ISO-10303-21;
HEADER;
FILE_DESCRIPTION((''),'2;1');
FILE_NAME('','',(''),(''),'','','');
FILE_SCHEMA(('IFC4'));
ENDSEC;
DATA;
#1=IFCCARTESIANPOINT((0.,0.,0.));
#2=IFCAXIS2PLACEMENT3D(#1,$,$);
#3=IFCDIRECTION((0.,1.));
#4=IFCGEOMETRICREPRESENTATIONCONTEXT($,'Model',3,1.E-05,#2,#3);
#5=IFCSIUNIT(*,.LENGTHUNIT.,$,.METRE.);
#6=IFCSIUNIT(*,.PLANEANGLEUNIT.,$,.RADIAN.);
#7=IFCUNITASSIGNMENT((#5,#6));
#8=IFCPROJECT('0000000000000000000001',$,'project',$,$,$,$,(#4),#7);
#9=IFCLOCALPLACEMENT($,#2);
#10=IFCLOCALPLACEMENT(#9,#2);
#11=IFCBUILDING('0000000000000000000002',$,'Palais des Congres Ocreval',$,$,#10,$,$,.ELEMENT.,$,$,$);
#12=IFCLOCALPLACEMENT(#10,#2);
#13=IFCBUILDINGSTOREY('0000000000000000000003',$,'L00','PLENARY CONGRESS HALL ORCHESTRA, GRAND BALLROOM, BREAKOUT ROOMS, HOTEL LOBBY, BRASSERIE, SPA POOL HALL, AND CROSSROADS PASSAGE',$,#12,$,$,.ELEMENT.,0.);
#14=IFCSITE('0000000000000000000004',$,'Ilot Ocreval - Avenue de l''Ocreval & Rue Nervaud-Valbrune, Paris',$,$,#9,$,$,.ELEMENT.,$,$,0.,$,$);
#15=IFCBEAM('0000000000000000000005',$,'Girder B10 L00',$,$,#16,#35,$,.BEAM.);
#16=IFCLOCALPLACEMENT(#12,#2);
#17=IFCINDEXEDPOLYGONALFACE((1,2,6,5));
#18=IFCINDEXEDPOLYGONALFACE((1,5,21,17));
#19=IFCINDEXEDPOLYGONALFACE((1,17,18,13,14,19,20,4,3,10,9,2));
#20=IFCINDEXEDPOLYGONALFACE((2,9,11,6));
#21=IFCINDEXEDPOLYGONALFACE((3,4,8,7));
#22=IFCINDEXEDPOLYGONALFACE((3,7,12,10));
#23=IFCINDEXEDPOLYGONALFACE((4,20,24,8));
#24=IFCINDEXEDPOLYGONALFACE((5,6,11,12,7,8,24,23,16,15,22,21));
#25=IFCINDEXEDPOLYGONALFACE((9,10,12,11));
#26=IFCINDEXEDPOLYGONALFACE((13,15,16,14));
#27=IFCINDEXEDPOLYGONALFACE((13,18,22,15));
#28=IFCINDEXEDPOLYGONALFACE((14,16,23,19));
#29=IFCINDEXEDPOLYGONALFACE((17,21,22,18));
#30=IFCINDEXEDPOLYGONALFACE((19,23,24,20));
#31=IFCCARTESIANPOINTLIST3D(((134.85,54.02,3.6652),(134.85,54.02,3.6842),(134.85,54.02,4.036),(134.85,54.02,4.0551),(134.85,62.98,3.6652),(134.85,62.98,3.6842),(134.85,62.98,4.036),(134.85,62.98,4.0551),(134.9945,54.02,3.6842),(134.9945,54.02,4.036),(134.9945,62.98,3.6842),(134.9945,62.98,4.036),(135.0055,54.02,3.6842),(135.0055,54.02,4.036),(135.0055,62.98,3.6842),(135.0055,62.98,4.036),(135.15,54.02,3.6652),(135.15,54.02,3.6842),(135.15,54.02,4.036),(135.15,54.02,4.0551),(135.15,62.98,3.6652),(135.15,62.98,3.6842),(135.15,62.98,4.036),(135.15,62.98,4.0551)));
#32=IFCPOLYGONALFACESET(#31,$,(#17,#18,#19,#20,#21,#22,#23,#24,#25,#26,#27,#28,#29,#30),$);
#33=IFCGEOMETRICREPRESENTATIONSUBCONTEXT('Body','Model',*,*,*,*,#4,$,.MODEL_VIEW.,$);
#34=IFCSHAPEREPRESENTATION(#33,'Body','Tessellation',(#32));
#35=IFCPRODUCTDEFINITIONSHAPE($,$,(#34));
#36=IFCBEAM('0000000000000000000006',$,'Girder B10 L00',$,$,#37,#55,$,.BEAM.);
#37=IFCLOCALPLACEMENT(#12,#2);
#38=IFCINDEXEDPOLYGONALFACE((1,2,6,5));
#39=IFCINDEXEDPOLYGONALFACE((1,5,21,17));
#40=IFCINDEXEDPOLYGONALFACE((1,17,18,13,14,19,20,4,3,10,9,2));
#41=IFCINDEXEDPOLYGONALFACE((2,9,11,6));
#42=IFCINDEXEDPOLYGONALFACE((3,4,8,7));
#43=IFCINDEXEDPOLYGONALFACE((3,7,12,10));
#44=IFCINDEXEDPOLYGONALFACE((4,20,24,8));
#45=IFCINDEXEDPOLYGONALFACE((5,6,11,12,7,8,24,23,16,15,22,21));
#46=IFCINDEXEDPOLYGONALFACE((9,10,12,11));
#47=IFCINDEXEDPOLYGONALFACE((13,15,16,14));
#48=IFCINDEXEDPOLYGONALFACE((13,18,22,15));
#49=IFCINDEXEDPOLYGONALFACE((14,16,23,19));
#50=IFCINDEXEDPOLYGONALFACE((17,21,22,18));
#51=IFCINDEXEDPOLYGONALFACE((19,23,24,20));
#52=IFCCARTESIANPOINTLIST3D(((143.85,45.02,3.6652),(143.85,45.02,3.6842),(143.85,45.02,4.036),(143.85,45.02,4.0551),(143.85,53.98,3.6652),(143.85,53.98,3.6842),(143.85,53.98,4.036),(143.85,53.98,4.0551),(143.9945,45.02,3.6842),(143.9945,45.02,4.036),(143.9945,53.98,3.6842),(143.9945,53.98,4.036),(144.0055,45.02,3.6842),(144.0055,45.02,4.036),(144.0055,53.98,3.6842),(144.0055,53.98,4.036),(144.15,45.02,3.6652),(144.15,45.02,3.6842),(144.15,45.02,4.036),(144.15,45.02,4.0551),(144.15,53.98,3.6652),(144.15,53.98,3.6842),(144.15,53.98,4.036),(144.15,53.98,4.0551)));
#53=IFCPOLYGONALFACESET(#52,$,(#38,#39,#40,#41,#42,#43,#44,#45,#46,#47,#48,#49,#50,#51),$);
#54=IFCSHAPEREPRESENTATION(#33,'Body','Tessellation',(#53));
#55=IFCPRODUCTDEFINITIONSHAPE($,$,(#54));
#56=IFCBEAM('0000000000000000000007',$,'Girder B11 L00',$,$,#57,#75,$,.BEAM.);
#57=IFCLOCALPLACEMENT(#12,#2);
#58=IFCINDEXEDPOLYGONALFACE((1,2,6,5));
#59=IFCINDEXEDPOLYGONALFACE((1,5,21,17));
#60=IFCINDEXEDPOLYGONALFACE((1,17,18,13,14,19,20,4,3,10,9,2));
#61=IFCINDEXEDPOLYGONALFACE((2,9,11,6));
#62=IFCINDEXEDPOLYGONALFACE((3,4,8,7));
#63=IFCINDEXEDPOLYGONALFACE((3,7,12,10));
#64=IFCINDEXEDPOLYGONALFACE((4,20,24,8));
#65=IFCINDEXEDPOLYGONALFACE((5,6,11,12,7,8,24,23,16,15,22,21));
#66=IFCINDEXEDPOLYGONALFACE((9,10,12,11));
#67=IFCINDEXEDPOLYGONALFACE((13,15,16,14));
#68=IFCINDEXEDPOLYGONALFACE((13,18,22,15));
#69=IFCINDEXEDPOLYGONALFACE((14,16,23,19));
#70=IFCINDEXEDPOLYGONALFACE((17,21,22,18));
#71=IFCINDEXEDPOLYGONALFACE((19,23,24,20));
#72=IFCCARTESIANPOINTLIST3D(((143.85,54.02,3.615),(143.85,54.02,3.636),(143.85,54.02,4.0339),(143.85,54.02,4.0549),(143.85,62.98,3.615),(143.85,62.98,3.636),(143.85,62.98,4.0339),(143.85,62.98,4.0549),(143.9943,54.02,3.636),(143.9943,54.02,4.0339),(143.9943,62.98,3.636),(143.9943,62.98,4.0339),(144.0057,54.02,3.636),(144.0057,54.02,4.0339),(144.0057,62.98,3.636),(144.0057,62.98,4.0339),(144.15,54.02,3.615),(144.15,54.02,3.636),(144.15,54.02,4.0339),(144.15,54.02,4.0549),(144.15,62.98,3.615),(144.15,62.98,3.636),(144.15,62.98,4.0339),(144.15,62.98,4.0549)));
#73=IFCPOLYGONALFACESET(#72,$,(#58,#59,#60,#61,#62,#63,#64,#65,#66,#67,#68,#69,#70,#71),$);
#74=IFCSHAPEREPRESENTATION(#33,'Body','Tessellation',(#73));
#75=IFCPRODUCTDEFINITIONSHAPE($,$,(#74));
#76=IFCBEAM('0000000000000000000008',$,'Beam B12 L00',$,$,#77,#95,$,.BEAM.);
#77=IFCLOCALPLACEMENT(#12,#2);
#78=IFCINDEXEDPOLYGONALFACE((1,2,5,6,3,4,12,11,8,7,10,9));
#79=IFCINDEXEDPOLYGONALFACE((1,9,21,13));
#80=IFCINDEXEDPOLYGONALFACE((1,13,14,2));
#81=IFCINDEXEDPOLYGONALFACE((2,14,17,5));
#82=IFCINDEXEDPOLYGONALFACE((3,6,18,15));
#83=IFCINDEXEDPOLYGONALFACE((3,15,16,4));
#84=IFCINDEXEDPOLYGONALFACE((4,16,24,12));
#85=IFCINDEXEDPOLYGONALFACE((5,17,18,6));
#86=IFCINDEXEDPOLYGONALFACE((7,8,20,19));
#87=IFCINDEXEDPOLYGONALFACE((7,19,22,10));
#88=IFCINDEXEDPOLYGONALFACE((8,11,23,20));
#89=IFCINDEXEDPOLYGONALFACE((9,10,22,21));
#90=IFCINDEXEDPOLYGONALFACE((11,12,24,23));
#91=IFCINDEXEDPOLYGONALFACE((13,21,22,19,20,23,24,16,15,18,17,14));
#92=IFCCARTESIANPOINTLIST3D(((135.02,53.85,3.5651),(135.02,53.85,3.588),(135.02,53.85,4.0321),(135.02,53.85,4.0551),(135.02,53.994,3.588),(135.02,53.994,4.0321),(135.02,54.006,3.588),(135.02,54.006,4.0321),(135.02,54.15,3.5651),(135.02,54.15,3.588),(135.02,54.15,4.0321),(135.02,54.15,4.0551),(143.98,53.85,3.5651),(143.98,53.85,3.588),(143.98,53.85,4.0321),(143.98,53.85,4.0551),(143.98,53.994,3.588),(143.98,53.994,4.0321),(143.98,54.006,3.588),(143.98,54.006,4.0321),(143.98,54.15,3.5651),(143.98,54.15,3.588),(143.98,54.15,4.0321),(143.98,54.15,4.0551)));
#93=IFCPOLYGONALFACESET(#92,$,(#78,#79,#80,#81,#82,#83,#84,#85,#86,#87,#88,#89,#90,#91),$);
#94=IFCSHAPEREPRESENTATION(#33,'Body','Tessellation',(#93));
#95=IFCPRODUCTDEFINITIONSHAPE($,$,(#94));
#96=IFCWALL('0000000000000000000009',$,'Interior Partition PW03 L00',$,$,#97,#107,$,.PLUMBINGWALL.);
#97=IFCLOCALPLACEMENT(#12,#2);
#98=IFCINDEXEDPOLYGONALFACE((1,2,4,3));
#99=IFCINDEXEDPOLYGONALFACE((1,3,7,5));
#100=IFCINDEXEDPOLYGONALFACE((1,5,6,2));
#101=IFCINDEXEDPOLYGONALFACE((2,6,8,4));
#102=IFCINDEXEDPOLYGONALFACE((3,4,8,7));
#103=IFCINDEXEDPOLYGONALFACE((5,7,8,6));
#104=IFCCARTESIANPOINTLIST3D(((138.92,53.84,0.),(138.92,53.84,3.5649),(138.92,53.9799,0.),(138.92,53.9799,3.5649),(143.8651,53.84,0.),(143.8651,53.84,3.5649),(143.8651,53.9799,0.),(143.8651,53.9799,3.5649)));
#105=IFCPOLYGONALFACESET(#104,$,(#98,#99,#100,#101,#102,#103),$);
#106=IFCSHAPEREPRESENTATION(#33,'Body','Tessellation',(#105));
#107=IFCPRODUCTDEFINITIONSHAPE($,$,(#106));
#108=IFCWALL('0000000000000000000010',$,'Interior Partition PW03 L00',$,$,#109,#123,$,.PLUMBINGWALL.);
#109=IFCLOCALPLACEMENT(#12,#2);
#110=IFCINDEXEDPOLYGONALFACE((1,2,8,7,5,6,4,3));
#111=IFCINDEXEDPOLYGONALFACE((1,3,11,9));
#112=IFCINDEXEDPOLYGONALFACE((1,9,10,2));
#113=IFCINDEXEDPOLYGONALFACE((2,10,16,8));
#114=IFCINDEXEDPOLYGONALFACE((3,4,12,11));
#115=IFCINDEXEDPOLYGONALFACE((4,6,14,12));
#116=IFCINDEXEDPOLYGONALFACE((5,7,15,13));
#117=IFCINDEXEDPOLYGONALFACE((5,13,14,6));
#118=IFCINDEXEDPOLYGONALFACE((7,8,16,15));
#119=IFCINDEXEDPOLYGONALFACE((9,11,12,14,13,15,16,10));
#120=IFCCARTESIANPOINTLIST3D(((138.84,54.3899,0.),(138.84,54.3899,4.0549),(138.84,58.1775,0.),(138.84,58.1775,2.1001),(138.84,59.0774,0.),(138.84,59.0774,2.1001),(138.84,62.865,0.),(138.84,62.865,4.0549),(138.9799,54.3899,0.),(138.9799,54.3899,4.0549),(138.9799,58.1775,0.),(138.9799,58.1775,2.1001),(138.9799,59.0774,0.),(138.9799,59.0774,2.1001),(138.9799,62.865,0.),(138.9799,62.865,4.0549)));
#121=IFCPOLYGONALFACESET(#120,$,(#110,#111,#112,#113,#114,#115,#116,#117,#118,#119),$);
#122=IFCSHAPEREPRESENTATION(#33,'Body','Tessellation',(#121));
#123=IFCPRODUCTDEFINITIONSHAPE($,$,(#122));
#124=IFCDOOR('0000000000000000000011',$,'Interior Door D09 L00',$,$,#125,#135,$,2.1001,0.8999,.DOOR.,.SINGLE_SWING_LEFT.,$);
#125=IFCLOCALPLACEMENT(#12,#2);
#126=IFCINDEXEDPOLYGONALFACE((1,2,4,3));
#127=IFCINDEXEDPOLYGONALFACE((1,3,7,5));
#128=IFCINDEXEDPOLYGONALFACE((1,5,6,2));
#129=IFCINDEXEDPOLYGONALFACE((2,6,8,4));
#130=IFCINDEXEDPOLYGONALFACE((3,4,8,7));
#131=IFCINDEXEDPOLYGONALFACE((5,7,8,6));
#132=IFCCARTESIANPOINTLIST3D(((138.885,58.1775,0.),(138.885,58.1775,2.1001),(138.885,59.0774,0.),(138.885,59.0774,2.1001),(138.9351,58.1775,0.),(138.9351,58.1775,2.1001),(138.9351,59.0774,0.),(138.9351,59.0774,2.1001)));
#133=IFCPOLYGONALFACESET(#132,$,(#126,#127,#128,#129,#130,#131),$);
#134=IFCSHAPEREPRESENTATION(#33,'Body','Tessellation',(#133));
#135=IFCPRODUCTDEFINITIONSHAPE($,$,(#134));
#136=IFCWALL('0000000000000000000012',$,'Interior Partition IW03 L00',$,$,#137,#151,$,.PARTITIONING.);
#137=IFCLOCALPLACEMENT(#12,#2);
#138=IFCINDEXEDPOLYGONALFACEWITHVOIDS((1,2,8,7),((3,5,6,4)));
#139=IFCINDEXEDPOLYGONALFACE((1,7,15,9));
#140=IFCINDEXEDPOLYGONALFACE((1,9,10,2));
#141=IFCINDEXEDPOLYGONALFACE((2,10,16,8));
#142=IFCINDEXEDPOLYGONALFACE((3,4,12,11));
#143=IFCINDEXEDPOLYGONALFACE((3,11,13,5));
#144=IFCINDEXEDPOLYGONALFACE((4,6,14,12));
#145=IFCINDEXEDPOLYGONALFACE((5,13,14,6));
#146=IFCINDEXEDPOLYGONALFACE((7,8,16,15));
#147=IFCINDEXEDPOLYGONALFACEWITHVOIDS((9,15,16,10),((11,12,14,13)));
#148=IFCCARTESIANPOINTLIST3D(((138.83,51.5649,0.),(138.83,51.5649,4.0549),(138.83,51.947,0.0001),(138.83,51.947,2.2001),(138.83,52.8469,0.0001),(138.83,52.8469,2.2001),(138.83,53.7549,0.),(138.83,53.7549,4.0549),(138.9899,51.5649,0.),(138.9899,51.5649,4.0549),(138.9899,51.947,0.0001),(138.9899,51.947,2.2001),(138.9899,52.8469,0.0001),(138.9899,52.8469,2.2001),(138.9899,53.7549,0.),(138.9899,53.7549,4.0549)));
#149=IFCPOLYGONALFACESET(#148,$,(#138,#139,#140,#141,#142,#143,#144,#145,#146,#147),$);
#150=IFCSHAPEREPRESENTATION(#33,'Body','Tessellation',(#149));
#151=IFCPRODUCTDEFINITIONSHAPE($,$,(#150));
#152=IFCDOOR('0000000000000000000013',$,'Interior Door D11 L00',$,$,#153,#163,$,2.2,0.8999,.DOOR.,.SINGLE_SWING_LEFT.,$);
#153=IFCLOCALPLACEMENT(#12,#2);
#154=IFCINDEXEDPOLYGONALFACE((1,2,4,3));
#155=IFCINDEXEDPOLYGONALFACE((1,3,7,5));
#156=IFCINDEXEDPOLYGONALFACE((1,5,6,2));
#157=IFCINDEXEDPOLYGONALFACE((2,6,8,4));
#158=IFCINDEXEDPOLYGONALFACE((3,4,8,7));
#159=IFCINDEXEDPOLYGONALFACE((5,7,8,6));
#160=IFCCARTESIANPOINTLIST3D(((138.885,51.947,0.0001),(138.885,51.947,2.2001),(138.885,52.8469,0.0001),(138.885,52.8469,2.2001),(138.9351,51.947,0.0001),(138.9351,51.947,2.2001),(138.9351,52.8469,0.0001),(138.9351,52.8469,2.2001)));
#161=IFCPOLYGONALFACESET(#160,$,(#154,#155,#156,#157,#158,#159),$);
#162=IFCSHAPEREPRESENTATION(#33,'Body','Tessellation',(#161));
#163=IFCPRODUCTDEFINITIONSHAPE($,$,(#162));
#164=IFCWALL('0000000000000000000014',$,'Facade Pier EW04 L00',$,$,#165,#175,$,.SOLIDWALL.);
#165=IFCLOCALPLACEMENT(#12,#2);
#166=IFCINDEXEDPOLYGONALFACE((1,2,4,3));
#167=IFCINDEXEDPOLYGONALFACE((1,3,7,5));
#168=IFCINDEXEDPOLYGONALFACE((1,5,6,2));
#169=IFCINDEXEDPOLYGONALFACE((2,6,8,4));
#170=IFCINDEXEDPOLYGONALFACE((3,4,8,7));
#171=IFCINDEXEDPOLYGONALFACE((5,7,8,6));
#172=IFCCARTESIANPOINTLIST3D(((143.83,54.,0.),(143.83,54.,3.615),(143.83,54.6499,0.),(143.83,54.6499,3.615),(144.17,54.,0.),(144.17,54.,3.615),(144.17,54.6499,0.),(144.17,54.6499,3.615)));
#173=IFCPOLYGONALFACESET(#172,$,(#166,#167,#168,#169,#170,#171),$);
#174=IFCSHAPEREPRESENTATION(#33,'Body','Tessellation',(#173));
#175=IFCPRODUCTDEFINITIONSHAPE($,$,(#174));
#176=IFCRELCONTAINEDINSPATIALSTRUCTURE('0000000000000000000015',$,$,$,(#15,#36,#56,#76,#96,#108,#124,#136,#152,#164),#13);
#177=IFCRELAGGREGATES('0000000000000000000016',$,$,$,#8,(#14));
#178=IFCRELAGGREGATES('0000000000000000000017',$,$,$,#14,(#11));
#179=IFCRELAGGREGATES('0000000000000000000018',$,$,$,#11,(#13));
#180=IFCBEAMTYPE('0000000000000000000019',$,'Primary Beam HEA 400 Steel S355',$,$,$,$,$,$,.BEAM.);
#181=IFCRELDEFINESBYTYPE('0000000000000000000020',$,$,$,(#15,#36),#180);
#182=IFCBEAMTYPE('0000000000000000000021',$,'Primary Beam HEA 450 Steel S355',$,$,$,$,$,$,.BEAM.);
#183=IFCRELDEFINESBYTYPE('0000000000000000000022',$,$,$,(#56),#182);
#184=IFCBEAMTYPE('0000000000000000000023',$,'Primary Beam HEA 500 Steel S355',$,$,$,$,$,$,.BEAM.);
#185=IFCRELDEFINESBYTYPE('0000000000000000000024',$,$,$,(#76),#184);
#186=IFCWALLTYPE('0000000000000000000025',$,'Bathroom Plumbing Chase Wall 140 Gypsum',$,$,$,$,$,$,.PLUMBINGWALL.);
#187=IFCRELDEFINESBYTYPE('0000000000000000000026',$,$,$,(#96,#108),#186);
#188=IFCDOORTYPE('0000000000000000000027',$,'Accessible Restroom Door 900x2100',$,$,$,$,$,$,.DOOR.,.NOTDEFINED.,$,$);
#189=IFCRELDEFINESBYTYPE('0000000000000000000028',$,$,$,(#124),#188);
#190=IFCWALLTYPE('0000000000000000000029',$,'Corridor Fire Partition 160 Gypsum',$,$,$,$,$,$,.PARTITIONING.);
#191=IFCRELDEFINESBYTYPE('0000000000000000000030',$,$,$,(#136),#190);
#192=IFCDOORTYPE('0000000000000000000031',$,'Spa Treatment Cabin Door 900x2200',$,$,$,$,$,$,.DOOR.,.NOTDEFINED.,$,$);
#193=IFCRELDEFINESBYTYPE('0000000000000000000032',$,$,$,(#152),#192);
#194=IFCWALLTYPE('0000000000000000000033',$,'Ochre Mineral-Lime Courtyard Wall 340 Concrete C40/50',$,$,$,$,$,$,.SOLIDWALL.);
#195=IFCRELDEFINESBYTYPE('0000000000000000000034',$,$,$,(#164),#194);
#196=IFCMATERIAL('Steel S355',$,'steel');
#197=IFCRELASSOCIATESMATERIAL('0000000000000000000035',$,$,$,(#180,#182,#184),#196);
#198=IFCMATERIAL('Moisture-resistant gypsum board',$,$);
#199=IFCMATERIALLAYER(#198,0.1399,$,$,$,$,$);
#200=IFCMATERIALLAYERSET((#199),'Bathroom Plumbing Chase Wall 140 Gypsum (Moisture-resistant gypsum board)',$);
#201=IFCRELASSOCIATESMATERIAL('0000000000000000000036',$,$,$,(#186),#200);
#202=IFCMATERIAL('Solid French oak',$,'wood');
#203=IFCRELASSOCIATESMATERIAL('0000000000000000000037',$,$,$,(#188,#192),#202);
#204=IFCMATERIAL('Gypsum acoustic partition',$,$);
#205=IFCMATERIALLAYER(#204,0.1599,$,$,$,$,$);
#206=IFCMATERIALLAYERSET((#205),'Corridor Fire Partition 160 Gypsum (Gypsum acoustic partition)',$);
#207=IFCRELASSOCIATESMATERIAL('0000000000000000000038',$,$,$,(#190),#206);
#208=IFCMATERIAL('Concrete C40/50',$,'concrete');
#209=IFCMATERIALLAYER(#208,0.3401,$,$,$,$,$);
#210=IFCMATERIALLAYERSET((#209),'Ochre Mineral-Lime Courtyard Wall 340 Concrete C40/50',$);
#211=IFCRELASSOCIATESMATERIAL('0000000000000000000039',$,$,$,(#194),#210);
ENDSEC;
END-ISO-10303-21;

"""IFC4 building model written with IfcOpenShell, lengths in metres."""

from ifc_helpers import new_model, si_unit, direction, frame, frame_2d, origin, origin_2d, place, context, subcontext, project, spatial, rectangle, i_section, extrude, material, layer, layer_set, material_profile, profile_set, type_object, element, fill, save


model = new_model("IFC4")

# Units and contexts
model_context = context("Model", 3, precision=1e-05, world=origin(), true_north=direction((0.0, 1.0)))
body_context = subcontext(model_context, "Body", "Model", "MODEL_VIEW")
ifc_project = project(units=[si_unit("LENGTHUNIT", "METRE"), si_unit("PLANEANGLEUNIT", "RADIAN")], contexts=[model_context])

# Site, building, storey
site_placement = place(None, origin())
site = spatial("IfcSite", under=ifc_project, at=site_placement, Name="Ilot Ocreval - Avenue de l'Ocreval & Rue Nervaud-Valbrune, Paris", CompositionType="ELEMENT", RefElevation=0.0)
building_placement = place(site_placement, origin())
building = spatial("IfcBuilding", under=site, at=building_placement, Name="Palais des Congres Ocreval", CompositionType="ELEMENT")
storey_placement = place(building_placement, origin())
storey = spatial("IfcBuildingStorey", under=building, at=storey_placement, Name="L00", Description="PLENARY CONGRESS HALL ORCHESTRA, GRAND BALLROOM, BREAKOUT ROOMS, HOTEL LOBBY, BRASSERIE, SPA POOL HALL, AND CROSSROADS PASSAGE", CompositionType="ELEMENT", Elevation=0.0)

# Shared definitions
ifc_material_1 = material(Name="Steel S355", Category="steel")

# Beams
ifc_material_profile_1 = material_profile(ifc_material_1, i_section(OverallWidth=0.3, OverallDepth=0.3899, WebThickness=0.011, FlangeThickness=0.019, at=origin_2d()), Name="HEA 400")
ifc_profile_set_1 = profile_set([ifc_material_profile_1], Name="Steel S355")
beam_type_1 = type_object("IfcBeamType", Name="Primary Beam HEA 400 Steel S355", PredefinedType="BEAM", material=ifc_profile_set_1)
for number, where, z_axis, x_axis, name in (
    (1, (135.0, 54.02, 3.8601), (0.0, 1.0, 0.0), (-1.0, 0.0, 0.0), "Girder B10 L00"),
    (2, (144.0, 45.02, 3.8601), (0.0, 1.0, 0.0), (-1.0, 0.0, 0.0), "Girder B10 L00"),
):
    element("IfcBeam", number, at=place(storey_placement, frame(where, z_axis=z_axis, x_axis=x_axis)), inside=storey, type_object=beam_type_1, Name=name, PredefinedType="BEAM", context=body_context, shape_type="SweptSolid", body=[
        extrude(i_section(OverallWidth=0.3, OverallDepth=0.3899, WebThickness=0.011, FlangeThickness=0.019, at=origin_2d()), origin(), (0.0, 0.0, 1.0), 8.96),
    ])
ifc_material_profile_2 = material_profile(ifc_material_1, i_section(OverallWidth=0.3, OverallDepth=0.4399, WebThickness=0.0115, FlangeThickness=0.021, at=origin_2d()), Name="HEA 450")
ifc_profile_set_2 = profile_set([ifc_material_profile_2], Name="Steel S355")
beam_type_2 = type_object("IfcBeamType", Name="Primary Beam HEA 450 Steel S355", PredefinedType="BEAM", material=ifc_profile_set_2)
beam_1_placement = place(storey_placement, frame((144.0, 54.02, 3.835), z_axis=(0.0, 1.0, 0.0), x_axis=(-1.0, 0.0, 0.0)))
element("IfcBeam", 3, at=beam_1_placement, inside=storey, type_object=beam_type_2, Name="Girder B11 L00", PredefinedType="BEAM", context=body_context, shape_type="SweptSolid", body=[
    extrude(i_section(OverallWidth=0.3, OverallDepth=0.4399, WebThickness=0.0115, FlangeThickness=0.021, at=origin_2d()), origin(), (0.0, 0.0, 1.0), 8.96),
])
ifc_material_profile_3 = material_profile(ifc_material_1, i_section(OverallWidth=0.3, OverallDepth=0.49, WebThickness=0.012, FlangeThickness=0.0229, at=origin_2d()), Name="HEA 500")
ifc_profile_set_3 = profile_set([ifc_material_profile_3], Name="Steel S355")
beam_type_3 = type_object("IfcBeamType", Name="Primary Beam HEA 500 Steel S355", PredefinedType="BEAM", material=ifc_profile_set_3)
beam_2_placement = place(storey_placement, frame((135.02, 54.0, 3.8101), z_axis=(1.0, 0.0, 0.0), x_axis=(0.0, 1.0, 0.0)))
element("IfcBeam", 4, at=beam_2_placement, inside=storey, type_object=beam_type_3, Name="Beam B12 L00", PredefinedType="BEAM", context=body_context, shape_type="SweptSolid", body=[
    extrude(i_section(OverallWidth=0.3, OverallDepth=0.49, WebThickness=0.012, FlangeThickness=0.0229, at=origin_2d()), origin(), (0.0, 0.0, 1.0), 8.96),
])

# Wall
ifc_material_2 = material(Name="Moisture-resistant gypsum board")
ifc_layer_1 = layer(ifc_material_2, 0.1399)
ifc_layer_set_1 = layer_set([ifc_layer_1], Name="Bathroom Plumbing Chase Wall 140 Gypsum (Moisture-resistant gypsum board)")
wall_type_1 = type_object("IfcWallType", Name="Bathroom Plumbing Chase Wall 140 Gypsum", PredefinedType="PLUMBINGWALL", material=ifc_layer_set_1)
wall_1_placement = place(storey_placement, frame((138.9199, 53.9099, 0.0), z_axis=(0.0, 0.0, 1.0), x_axis=(1.0, 0.0, 0.0)))
element("IfcWall", 5, at=wall_1_placement, inside=storey, type_object=wall_type_1, Name="Interior Partition PW03 L00", PredefinedType="PLUMBINGWALL", context=body_context, shape_type="SweptSolid", body=[
    extrude(rectangle(XDim=4.9451, YDim=0.1399, at=frame_2d((2.4727, 0.0))), origin(), (0.0, 0.0, 1.0), 3.5649),
])

# Walls, openings, doors
wall_2_placement = place(storey_placement, frame((138.9099, 54.3899, 0.0), z_axis=(0.0, 0.0, 1.0), x_axis=(0.0, 1.0, 0.0)))
wall_2 = element("IfcWall", 6, at=wall_2_placement, inside=storey, type_object=wall_type_1, Name="Interior Partition PW03 L00", PredefinedType="PLUMBINGWALL", context=body_context, shape_type="SweptSolid", body=[
    extrude(rectangle(XDim=8.4751, YDim=0.1399, at=frame_2d((4.2375, 0.0))), origin(), (0.0, 0.0, 1.0), 4.0549),
])
opening_1_placement = place(wall_2_placement, frame((3.7876, 0.0, 0.0)))
opening_1 = element("IfcOpeningElement", 7, at=opening_1_placement, cuts=wall_2, PredefinedType="OPENING", context=body_context, shape_type="SweptSolid", body=[
    extrude(rectangle(XDim=0.8999, YDim=2.1001, at=frame_2d((0.45, 1.05))), frame((0.0, 0.0798, 0.0), z_axis=(0.0, -1.0, 0.0), x_axis=(1.0, 0.0, 0.0)), (0.0, 0.0, 1.0), 0.1599),
])
ifc_material_3 = material(Name="Solid French oak", Category="wood")
door_type_1 = type_object("IfcDoorType", Name="Accessible Restroom Door 900x2100", OperationType="NOTDEFINED", PredefinedType="DOOR", material=ifc_material_3)
door_1_placement = place(opening_1_placement, origin())
door_1 = element("IfcDoor", 8, at=door_1_placement, inside=storey, type_object=door_type_1, Name="Interior Door D09 L00", OperationType="SINGLE_SWING_LEFT", OverallHeight=2.1001, OverallWidth=0.8999, PredefinedType="DOOR", context=body_context, shape_type="SweptSolid", body=[
    extrude(rectangle(XDim=0.8999, YDim=2.1001, at=frame_2d((0.45, 1.05))), frame((0.0, 0.0249, 0.0), z_axis=(0.0, -1.0, 0.0), x_axis=(1.0, 0.0, 0.0)), (0.0, 0.0, 1.0), 0.05),
])
fill(opening_1, door_1)
ifc_material_4 = material(Name="Gypsum acoustic partition")
ifc_layer_2 = layer(ifc_material_4, 0.1599)
ifc_layer_set_2 = layer_set([ifc_layer_2], Name="Corridor Fire Partition 160 Gypsum (Gypsum acoustic partition)")
wall_type_2 = type_object("IfcWallType", Name="Corridor Fire Partition 160 Gypsum", PredefinedType="PARTITIONING", material=ifc_layer_set_2)
wall_3_placement = place(storey_placement, frame((138.9099, 51.5649, 0.0), z_axis=(0.0, 0.0, 1.0), x_axis=(0.0, 1.0, 0.0)))
wall_3 = element("IfcWall", 9, at=wall_3_placement, inside=storey, type_object=wall_type_2, Name="Interior Partition IW03 L00", PredefinedType="PARTITIONING", context=body_context, shape_type="SweptSolid", body=[
    extrude(rectangle(XDim=2.1899, YDim=0.1599, at=frame_2d((1.095, 0.0))), origin(), (0.0, 0.0, 1.0), 4.0549),
])
opening_2_placement = place(wall_3_placement, frame((0.3821, 0.0, 0.0)))
opening_2 = element("IfcOpeningElement", 10, at=opening_2_placement, cuts=wall_3, PredefinedType="OPENING", context=body_context, shape_type="SweptSolid", body=[
    extrude(rectangle(XDim=0.8999, YDim=2.2, at=frame_2d((0.45, 1.1001))), frame((0.0, 0.0898, 0.0), z_axis=(0.0, -1.0, 0.0), x_axis=(1.0, 0.0, 0.0)), (0.0, 0.0, 1.0), 0.1799),
])
door_type_2 = type_object("IfcDoorType", Name="Spa Treatment Cabin Door 900x2200", OperationType="NOTDEFINED", PredefinedType="DOOR", material=ifc_material_3)
door_2_placement = place(opening_2_placement, origin())
door_2 = element("IfcDoor", 11, at=door_2_placement, inside=storey, type_object=door_type_2, Name="Interior Door D11 L00", OperationType="SINGLE_SWING_LEFT", OverallHeight=2.2, OverallWidth=0.8999, PredefinedType="DOOR", context=body_context, shape_type="SweptSolid", body=[
    extrude(rectangle(XDim=0.8999, YDim=2.2, at=frame_2d((0.45, 1.1001))), frame((0.0, 0.0249, 0.0), z_axis=(0.0, -1.0, 0.0), x_axis=(1.0, 0.0, 0.0)), (0.0, 0.0, 1.0), 0.05),
])
fill(opening_2, door_2)

# Wall
ifc_material_5 = material(Name="Concrete C40/50", Category="concrete")
ifc_layer_3 = layer(ifc_material_5, 0.3401)
ifc_layer_set_3 = layer_set([ifc_layer_3], Name="Ochre Mineral-Lime Courtyard Wall 340 Concrete C40/50")
wall_type_3 = type_object("IfcWallType", Name="Ochre Mineral-Lime Courtyard Wall 340 Concrete C40/50", PredefinedType="SOLIDWALL", material=ifc_layer_set_3)
wall_4_placement = place(storey_placement, frame((144.0, 54.6499, 0.0), z_axis=(0.0, 0.0, 1.0), x_axis=(0.0, -1.0, 0.0)))
element("IfcWall", 12, at=wall_4_placement, inside=storey, type_object=wall_type_3, Name="Facade Pier EW04 L00", PredefinedType="SOLIDWALL", context=body_context, shape_type="SweptSolid", body=[
    extrude(rectangle(XDim=0.6499, YDim=0.3401, at=frame_2d((0.325, 0.0))), origin(), (0.0, 0.0, 1.0), 3.615),
])

save(model, "model.ifc")
